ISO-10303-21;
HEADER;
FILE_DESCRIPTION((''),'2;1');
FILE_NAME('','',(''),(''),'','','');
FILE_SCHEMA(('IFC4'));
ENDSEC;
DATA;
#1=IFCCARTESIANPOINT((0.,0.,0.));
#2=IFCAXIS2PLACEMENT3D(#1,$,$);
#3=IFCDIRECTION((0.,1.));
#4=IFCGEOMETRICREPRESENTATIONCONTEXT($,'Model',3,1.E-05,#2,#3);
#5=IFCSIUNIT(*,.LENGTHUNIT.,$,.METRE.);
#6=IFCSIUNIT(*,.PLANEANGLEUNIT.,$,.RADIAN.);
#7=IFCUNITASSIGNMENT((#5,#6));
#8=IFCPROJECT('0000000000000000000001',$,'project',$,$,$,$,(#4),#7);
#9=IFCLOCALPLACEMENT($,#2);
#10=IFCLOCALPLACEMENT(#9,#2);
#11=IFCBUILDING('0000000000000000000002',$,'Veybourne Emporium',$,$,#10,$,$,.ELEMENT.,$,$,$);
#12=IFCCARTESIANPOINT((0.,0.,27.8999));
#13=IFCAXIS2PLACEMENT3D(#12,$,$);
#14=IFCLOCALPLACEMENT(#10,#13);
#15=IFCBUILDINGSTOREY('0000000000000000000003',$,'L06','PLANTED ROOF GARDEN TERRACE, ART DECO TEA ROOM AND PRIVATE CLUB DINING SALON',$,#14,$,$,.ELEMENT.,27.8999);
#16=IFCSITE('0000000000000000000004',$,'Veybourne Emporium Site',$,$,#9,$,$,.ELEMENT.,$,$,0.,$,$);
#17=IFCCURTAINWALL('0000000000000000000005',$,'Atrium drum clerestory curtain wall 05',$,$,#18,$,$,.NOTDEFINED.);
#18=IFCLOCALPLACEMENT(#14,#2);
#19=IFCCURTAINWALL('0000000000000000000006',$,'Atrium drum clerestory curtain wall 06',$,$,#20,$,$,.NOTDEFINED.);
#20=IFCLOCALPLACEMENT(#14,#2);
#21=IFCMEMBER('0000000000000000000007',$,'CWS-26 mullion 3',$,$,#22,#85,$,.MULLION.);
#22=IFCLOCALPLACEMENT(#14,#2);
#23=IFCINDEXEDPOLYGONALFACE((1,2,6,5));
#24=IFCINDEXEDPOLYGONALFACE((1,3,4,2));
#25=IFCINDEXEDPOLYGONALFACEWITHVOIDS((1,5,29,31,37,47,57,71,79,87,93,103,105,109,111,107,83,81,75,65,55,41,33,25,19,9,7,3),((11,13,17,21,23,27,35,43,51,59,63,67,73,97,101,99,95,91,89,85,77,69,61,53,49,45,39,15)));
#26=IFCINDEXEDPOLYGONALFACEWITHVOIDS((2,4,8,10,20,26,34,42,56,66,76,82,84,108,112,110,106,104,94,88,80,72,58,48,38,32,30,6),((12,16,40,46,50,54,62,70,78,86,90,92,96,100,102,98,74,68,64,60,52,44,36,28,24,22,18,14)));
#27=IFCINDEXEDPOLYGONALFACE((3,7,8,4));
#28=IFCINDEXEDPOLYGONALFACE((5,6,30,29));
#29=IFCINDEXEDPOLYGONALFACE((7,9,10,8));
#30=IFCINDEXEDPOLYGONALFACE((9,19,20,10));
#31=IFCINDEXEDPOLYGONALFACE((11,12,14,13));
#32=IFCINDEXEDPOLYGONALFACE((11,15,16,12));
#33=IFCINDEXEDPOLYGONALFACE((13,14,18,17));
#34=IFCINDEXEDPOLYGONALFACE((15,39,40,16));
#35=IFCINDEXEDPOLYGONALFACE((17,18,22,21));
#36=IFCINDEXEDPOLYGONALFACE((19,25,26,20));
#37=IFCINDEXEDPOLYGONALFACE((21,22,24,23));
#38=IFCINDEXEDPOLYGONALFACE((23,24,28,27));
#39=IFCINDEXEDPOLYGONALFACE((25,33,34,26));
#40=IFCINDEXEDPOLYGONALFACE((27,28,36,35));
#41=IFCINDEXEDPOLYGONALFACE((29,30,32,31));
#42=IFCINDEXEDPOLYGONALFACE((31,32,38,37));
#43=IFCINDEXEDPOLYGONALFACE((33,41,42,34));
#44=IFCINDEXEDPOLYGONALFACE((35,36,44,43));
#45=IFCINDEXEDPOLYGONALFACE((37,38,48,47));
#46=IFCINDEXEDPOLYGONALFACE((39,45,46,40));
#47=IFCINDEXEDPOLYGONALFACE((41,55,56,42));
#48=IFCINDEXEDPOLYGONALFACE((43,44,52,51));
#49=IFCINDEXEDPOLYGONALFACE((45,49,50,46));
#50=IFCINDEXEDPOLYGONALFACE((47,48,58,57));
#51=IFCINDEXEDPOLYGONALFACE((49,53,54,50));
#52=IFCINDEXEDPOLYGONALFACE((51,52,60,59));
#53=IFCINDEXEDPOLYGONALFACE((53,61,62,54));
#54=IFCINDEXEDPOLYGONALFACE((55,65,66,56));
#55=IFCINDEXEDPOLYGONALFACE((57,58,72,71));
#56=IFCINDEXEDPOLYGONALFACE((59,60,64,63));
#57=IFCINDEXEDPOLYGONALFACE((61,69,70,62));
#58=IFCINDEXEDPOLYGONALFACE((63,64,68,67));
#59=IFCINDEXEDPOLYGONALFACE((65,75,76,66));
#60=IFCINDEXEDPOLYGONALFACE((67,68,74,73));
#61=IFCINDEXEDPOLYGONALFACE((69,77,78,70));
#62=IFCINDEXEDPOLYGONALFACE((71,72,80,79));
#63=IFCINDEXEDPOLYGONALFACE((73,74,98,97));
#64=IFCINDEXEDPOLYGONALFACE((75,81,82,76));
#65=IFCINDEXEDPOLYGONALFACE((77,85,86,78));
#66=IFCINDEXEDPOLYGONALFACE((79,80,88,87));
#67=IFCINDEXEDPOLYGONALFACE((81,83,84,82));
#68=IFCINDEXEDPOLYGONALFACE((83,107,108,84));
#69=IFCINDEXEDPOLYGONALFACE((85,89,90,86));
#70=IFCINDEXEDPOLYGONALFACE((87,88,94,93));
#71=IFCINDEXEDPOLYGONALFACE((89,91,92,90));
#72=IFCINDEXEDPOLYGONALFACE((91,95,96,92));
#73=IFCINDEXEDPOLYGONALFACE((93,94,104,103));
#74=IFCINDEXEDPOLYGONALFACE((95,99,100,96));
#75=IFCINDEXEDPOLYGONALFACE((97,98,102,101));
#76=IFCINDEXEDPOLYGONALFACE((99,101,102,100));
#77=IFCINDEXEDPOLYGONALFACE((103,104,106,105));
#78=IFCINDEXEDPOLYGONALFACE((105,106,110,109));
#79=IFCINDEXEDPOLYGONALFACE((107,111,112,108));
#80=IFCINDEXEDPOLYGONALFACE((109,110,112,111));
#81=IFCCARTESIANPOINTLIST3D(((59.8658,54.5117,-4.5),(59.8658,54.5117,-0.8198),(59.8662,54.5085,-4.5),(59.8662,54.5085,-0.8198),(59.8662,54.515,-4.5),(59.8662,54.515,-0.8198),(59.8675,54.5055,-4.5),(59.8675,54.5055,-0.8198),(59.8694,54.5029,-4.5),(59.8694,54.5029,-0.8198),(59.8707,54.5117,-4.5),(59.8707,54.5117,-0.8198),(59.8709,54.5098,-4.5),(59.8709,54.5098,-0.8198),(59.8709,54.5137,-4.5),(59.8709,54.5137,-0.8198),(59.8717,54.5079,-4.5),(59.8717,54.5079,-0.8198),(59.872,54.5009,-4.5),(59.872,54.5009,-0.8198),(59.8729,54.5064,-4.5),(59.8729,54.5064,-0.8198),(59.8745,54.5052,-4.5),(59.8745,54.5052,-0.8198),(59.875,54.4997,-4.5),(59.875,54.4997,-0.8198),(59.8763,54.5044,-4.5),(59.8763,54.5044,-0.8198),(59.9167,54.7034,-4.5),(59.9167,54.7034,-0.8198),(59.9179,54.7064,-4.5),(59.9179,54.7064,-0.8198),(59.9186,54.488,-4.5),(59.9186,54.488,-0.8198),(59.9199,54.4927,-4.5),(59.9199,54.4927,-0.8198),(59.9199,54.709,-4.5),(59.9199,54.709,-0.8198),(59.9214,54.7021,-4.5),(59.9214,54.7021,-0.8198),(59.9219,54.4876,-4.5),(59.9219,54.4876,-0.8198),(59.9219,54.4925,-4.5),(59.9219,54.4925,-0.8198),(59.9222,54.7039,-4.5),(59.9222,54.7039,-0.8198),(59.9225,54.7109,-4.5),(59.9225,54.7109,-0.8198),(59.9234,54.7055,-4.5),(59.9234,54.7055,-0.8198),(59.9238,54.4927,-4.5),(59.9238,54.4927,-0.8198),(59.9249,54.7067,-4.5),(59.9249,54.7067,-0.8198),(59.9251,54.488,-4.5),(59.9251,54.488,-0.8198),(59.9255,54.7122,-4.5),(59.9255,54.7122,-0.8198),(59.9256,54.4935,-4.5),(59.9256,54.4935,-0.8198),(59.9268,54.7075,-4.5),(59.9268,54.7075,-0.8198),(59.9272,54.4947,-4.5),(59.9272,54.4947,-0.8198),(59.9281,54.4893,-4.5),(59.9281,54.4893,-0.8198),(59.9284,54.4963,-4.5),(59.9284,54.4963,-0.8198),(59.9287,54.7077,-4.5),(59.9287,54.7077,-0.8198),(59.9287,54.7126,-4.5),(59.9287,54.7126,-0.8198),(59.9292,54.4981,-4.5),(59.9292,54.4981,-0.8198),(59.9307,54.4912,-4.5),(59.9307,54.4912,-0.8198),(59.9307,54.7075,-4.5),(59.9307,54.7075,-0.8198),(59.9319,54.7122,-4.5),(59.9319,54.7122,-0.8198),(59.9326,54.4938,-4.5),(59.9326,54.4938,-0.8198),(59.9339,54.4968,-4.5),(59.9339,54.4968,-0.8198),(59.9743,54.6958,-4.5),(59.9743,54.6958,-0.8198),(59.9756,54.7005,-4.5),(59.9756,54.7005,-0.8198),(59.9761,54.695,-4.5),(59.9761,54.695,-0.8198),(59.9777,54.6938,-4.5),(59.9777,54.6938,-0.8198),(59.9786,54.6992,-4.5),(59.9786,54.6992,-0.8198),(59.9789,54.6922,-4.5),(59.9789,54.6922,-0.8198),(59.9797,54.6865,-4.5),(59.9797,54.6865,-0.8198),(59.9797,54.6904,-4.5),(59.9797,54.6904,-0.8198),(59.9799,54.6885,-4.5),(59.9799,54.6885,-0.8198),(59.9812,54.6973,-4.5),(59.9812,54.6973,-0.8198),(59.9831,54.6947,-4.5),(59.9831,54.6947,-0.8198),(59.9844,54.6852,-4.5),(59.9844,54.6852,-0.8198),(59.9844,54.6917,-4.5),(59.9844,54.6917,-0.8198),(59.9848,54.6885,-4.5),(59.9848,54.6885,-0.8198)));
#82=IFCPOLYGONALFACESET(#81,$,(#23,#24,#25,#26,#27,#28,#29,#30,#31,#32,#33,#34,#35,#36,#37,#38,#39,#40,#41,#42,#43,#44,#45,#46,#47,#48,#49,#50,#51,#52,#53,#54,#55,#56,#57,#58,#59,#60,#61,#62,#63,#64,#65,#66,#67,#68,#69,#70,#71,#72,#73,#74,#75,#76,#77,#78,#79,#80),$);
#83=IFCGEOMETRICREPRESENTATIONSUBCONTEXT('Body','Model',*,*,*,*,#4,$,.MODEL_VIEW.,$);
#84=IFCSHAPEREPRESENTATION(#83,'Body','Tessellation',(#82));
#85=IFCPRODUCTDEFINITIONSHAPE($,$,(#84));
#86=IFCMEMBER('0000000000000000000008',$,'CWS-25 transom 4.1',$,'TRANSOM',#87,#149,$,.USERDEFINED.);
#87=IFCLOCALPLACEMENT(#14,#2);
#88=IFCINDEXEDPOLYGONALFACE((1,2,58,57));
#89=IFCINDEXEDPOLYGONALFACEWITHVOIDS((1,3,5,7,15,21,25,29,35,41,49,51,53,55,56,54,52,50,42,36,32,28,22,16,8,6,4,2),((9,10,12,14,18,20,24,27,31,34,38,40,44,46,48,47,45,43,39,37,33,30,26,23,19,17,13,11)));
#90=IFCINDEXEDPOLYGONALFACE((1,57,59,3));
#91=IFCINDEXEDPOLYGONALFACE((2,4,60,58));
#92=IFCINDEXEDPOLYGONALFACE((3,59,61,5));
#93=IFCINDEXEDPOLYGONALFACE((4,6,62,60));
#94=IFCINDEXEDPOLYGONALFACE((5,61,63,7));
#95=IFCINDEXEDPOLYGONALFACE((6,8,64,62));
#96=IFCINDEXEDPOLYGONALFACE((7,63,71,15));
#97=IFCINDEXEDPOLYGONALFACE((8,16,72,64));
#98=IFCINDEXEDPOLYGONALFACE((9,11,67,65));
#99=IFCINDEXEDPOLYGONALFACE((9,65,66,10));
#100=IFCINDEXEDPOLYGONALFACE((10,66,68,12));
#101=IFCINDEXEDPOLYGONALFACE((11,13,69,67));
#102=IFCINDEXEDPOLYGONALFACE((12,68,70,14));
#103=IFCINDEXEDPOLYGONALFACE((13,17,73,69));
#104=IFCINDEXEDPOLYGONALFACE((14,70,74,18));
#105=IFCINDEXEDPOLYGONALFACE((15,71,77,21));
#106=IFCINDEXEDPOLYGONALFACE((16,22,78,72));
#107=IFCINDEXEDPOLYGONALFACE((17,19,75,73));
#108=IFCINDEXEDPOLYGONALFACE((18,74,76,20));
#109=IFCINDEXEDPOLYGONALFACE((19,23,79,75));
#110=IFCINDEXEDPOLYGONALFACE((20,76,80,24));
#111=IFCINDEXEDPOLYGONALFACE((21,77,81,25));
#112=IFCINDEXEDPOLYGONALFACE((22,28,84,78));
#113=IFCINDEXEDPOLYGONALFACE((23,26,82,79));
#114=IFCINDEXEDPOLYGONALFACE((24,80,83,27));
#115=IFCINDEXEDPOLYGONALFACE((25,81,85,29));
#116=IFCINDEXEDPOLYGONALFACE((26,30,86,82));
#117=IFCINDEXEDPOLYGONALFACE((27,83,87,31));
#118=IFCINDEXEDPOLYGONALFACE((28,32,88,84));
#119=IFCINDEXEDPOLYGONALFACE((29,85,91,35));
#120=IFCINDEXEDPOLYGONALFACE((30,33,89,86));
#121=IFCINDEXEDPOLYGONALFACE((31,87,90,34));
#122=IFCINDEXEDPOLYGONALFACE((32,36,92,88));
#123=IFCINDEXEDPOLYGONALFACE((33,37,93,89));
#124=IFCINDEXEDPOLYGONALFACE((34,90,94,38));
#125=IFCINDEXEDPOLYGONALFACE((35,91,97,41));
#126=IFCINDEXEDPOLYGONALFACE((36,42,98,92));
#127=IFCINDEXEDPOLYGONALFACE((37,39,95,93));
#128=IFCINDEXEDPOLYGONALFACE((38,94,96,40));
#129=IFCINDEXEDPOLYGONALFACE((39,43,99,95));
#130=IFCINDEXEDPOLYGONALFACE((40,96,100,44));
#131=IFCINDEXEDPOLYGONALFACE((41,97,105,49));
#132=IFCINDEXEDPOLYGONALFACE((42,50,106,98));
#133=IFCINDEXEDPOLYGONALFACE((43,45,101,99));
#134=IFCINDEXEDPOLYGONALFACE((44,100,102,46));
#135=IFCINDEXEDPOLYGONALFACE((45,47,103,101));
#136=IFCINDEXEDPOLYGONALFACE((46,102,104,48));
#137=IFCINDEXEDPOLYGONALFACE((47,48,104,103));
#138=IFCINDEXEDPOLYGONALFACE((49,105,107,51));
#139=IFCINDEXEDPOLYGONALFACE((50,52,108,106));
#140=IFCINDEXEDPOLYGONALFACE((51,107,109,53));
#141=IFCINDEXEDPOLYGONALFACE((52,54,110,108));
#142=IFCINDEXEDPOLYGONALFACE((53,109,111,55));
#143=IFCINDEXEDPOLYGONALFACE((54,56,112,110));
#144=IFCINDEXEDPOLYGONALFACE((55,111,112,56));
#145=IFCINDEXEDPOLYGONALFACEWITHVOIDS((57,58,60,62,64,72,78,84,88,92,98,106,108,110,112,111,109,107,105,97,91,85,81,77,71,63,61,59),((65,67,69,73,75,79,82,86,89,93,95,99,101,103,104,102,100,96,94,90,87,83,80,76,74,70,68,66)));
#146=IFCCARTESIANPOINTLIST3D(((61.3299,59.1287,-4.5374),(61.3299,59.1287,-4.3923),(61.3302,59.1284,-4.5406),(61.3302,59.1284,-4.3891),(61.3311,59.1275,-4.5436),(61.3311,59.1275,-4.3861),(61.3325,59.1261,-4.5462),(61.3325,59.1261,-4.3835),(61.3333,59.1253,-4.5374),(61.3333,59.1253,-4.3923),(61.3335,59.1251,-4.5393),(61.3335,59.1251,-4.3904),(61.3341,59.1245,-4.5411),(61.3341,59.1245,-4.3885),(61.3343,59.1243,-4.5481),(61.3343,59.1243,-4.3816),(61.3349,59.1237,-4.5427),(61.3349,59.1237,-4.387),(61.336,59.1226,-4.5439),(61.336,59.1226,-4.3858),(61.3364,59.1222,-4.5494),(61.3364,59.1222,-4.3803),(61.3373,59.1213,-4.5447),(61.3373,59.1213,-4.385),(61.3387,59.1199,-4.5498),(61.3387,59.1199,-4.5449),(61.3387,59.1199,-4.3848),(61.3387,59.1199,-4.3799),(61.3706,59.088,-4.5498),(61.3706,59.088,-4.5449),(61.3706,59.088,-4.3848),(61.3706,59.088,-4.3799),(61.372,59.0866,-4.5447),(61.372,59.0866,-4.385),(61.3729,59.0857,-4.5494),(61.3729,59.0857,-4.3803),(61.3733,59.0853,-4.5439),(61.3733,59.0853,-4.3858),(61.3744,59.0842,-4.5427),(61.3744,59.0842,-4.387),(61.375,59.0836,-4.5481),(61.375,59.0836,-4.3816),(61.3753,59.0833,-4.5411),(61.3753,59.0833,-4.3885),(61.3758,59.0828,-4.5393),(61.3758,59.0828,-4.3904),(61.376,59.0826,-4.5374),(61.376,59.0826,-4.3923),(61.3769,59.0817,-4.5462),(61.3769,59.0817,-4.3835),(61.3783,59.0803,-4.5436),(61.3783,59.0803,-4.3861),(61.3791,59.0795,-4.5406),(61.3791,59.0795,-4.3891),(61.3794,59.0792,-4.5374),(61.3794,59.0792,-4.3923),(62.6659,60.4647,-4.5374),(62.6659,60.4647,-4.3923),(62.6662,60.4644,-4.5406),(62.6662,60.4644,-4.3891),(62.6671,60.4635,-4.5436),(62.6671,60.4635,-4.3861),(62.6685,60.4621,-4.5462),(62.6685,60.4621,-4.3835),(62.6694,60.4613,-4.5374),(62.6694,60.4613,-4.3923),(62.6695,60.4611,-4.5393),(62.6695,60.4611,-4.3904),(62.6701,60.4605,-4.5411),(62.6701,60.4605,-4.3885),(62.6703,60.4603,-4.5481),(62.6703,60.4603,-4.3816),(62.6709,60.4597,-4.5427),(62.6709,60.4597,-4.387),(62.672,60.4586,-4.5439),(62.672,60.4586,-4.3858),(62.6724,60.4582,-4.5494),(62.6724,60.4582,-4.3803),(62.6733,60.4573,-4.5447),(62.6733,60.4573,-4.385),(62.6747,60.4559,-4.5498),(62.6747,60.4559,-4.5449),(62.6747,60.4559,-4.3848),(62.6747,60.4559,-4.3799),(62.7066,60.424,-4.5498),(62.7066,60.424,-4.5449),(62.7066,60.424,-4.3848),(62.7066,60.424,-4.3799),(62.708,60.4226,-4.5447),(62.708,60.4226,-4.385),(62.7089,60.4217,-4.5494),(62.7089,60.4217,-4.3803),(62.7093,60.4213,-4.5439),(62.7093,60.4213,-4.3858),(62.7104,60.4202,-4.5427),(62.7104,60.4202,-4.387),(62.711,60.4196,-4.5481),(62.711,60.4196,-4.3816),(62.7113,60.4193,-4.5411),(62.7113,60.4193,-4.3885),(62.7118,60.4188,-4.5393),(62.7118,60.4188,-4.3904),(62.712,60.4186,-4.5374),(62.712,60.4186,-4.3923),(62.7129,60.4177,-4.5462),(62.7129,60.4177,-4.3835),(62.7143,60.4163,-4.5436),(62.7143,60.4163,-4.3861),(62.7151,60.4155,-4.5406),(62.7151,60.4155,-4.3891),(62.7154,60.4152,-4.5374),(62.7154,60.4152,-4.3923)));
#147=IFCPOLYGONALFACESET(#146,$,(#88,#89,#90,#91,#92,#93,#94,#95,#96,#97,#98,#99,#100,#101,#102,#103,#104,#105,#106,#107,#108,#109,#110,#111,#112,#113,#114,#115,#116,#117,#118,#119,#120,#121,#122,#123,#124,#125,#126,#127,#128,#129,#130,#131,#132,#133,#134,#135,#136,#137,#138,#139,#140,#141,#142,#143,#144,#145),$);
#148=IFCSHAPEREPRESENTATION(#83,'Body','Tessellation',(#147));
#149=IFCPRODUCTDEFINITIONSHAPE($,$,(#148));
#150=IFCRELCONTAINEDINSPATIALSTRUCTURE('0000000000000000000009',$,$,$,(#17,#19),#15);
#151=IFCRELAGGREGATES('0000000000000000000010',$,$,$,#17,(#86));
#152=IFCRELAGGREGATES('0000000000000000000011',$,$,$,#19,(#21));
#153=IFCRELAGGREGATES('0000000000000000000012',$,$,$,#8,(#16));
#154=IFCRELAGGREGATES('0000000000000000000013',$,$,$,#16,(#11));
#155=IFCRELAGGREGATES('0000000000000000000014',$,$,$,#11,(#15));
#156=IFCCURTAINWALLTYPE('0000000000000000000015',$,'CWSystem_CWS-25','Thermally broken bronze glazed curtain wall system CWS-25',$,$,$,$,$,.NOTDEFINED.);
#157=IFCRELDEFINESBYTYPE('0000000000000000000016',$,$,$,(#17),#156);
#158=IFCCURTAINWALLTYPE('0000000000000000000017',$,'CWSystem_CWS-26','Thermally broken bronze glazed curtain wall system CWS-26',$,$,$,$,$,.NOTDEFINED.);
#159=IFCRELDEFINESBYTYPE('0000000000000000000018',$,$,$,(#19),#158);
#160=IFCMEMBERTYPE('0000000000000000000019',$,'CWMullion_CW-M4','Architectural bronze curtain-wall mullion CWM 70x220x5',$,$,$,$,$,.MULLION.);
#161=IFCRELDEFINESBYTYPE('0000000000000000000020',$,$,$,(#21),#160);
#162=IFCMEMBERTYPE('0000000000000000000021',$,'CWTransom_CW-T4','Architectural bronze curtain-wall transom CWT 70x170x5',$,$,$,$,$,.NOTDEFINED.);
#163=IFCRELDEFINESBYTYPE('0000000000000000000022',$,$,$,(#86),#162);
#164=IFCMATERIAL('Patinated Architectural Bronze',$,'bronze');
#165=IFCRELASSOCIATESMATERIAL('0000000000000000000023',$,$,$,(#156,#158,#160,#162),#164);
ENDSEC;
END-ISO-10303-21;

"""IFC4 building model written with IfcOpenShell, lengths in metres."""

from ifc_helpers import new_model, si_unit, direction, frame, origin, origin_2d, place, context, subcontext, project, spatial, hollow_rectangle, extrude, material, material_profile, profile_set, type_object, element, aggregate, save


model = new_model("IFC4")

# Units and contexts
model_context = context("Model", 3, precision=1e-05, world=origin(), true_north=direction((0.0, 1.0)))
body_context = subcontext(model_context, "Body", "Model", "MODEL_VIEW")
ifc_project = project(units=[si_unit("LENGTHUNIT", "METRE"), si_unit("PLANEANGLEUNIT", "RADIAN")], contexts=[model_context])

# Site, building, storey
site_placement = place(None, origin())
site = spatial("IfcSite", under=ifc_project, at=site_placement, Name="Veybourne Emporium Site", CompositionType="ELEMENT", RefElevation=0.0)
building_placement = place(site_placement, origin())
building = spatial("IfcBuilding", under=site, at=building_placement, Name="Veybourne Emporium", CompositionType="ELEMENT")
storey_placement = place(building_placement, frame((0.0, 0.0, 27.8999)))
storey = spatial("IfcBuildingStorey", under=building, at=storey_placement, Name="L06", Description="PLANTED ROOF GARDEN TERRACE, ART DECO TEA ROOM AND PRIVATE CLUB DINING SALON", CompositionType="ELEMENT", Elevation=27.8999)

# Curtain walls, member
ifc_material_1 = material(Name="Patinated Architectural Bronze", Category="bronze")
curtain_wall_type_1 = type_object("IfcCurtainWallType", Name="CWSystem_CWS-25", Description="Thermally broken bronze glazed curtain wall system CWS-25", PredefinedType="NOTDEFINED", material=ifc_material_1)
curtain_wall_1_placement = place(storey_placement, origin())
curtain_wall_1 = element("IfcCurtainWall", 1, at=curtain_wall_1_placement, inside=storey, type_object=curtain_wall_type_1, Name="Atrium drum clerestory curtain wall 05", PredefinedType="NOTDEFINED")
ifc_material_profile_1 = material_profile(ifc_material_1, hollow_rectangle(XDim=0.0701, YDim=0.22, WallThickness=0.0049, InnerFilletRadius=0.0076, OuterFilletRadius=0.0125, at=origin_2d()), Name="CWM 70x220x5")
ifc_profile_set_1 = profile_set([ifc_material_profile_1], Name="Patinated Architectural Bronze")
member_type_1 = type_object("IfcMemberType", Name="CWMullion_CW-M4", Description="Architectural bronze curtain-wall mullion CWM 70x220x5", PredefinedType="MULLION", material=ifc_profile_set_1)
curtain_wall_type_2 = type_object("IfcCurtainWallType", Name="CWSystem_CWS-26", Description="Thermally broken bronze glazed curtain wall system CWS-26", PredefinedType="NOTDEFINED", material=ifc_material_1)
curtain_wall_2_placement = place(storey_placement, origin())
curtain_wall_2 = element("IfcCurtainWall", 2, at=curtain_wall_2_placement, inside=storey, type_object=curtain_wall_type_2, Name="Atrium drum clerestory curtain wall 06", PredefinedType="NOTDEFINED")
member_1_placement = place(storey_placement, frame((59.9253, 54.6001, -4.5), z_axis=(0.0, 0.0, 1.0), x_axis=(0.965926, -0.25882, 0.0)))
member_1 = element("IfcMember", 3, at=member_1_placement, type_object=member_type_1, Name="CWS-26 mullion 3", PredefinedType="MULLION", context=body_context, shape_type="SweptSolid", body=[
    extrude(hollow_rectangle(XDim=0.0701, YDim=0.22, WallThickness=0.0049, InnerFilletRadius=0.0076, OuterFilletRadius=0.0125, at=origin_2d()), origin(), (0.0, 0.0, 1.0), 3.6802),
])

# Member
ifc_material_profile_2 = material_profile(ifc_material_1, hollow_rectangle(XDim=0.0701, YDim=0.1699, WallThickness=0.0049, InnerFilletRadius=0.0076, OuterFilletRadius=0.0125, at=origin_2d()), Name="CWT 70x170x5")
ifc_profile_set_2 = profile_set([ifc_material_profile_2], Name="Patinated Architectural Bronze")
member_type_2 = type_object("IfcMemberType", Name="CWTransom_CW-T4", Description="Architectural bronze curtain-wall transom CWT 70x170x5", PredefinedType="NOTDEFINED", material=ifc_profile_set_2)
member_2_placement = place(storey_placement, frame((62.6907, 60.4399, -4.4648), z_axis=(-0.707107, -0.707107, 0.0), x_axis=(0.707107, -0.707107, 0.0)))
member_2 = element("IfcMember", 4, at=member_2_placement, type_object=member_type_2, Name="CWS-25 transom 4.1", ObjectType="TRANSOM", PredefinedType="USERDEFINED", context=body_context, shape_type="SweptSolid", body=[
    extrude(hollow_rectangle(XDim=0.0701, YDim=0.1699, WallThickness=0.0049, InnerFilletRadius=0.0076, OuterFilletRadius=0.0125, at=origin_2d()), origin(), (0.0, 0.0, 1.0), 1.8894),
])

aggregate(curtain_wall_1, [member_2])
aggregate(curtain_wall_2, [member_1])

save(model, "model.ifc")
